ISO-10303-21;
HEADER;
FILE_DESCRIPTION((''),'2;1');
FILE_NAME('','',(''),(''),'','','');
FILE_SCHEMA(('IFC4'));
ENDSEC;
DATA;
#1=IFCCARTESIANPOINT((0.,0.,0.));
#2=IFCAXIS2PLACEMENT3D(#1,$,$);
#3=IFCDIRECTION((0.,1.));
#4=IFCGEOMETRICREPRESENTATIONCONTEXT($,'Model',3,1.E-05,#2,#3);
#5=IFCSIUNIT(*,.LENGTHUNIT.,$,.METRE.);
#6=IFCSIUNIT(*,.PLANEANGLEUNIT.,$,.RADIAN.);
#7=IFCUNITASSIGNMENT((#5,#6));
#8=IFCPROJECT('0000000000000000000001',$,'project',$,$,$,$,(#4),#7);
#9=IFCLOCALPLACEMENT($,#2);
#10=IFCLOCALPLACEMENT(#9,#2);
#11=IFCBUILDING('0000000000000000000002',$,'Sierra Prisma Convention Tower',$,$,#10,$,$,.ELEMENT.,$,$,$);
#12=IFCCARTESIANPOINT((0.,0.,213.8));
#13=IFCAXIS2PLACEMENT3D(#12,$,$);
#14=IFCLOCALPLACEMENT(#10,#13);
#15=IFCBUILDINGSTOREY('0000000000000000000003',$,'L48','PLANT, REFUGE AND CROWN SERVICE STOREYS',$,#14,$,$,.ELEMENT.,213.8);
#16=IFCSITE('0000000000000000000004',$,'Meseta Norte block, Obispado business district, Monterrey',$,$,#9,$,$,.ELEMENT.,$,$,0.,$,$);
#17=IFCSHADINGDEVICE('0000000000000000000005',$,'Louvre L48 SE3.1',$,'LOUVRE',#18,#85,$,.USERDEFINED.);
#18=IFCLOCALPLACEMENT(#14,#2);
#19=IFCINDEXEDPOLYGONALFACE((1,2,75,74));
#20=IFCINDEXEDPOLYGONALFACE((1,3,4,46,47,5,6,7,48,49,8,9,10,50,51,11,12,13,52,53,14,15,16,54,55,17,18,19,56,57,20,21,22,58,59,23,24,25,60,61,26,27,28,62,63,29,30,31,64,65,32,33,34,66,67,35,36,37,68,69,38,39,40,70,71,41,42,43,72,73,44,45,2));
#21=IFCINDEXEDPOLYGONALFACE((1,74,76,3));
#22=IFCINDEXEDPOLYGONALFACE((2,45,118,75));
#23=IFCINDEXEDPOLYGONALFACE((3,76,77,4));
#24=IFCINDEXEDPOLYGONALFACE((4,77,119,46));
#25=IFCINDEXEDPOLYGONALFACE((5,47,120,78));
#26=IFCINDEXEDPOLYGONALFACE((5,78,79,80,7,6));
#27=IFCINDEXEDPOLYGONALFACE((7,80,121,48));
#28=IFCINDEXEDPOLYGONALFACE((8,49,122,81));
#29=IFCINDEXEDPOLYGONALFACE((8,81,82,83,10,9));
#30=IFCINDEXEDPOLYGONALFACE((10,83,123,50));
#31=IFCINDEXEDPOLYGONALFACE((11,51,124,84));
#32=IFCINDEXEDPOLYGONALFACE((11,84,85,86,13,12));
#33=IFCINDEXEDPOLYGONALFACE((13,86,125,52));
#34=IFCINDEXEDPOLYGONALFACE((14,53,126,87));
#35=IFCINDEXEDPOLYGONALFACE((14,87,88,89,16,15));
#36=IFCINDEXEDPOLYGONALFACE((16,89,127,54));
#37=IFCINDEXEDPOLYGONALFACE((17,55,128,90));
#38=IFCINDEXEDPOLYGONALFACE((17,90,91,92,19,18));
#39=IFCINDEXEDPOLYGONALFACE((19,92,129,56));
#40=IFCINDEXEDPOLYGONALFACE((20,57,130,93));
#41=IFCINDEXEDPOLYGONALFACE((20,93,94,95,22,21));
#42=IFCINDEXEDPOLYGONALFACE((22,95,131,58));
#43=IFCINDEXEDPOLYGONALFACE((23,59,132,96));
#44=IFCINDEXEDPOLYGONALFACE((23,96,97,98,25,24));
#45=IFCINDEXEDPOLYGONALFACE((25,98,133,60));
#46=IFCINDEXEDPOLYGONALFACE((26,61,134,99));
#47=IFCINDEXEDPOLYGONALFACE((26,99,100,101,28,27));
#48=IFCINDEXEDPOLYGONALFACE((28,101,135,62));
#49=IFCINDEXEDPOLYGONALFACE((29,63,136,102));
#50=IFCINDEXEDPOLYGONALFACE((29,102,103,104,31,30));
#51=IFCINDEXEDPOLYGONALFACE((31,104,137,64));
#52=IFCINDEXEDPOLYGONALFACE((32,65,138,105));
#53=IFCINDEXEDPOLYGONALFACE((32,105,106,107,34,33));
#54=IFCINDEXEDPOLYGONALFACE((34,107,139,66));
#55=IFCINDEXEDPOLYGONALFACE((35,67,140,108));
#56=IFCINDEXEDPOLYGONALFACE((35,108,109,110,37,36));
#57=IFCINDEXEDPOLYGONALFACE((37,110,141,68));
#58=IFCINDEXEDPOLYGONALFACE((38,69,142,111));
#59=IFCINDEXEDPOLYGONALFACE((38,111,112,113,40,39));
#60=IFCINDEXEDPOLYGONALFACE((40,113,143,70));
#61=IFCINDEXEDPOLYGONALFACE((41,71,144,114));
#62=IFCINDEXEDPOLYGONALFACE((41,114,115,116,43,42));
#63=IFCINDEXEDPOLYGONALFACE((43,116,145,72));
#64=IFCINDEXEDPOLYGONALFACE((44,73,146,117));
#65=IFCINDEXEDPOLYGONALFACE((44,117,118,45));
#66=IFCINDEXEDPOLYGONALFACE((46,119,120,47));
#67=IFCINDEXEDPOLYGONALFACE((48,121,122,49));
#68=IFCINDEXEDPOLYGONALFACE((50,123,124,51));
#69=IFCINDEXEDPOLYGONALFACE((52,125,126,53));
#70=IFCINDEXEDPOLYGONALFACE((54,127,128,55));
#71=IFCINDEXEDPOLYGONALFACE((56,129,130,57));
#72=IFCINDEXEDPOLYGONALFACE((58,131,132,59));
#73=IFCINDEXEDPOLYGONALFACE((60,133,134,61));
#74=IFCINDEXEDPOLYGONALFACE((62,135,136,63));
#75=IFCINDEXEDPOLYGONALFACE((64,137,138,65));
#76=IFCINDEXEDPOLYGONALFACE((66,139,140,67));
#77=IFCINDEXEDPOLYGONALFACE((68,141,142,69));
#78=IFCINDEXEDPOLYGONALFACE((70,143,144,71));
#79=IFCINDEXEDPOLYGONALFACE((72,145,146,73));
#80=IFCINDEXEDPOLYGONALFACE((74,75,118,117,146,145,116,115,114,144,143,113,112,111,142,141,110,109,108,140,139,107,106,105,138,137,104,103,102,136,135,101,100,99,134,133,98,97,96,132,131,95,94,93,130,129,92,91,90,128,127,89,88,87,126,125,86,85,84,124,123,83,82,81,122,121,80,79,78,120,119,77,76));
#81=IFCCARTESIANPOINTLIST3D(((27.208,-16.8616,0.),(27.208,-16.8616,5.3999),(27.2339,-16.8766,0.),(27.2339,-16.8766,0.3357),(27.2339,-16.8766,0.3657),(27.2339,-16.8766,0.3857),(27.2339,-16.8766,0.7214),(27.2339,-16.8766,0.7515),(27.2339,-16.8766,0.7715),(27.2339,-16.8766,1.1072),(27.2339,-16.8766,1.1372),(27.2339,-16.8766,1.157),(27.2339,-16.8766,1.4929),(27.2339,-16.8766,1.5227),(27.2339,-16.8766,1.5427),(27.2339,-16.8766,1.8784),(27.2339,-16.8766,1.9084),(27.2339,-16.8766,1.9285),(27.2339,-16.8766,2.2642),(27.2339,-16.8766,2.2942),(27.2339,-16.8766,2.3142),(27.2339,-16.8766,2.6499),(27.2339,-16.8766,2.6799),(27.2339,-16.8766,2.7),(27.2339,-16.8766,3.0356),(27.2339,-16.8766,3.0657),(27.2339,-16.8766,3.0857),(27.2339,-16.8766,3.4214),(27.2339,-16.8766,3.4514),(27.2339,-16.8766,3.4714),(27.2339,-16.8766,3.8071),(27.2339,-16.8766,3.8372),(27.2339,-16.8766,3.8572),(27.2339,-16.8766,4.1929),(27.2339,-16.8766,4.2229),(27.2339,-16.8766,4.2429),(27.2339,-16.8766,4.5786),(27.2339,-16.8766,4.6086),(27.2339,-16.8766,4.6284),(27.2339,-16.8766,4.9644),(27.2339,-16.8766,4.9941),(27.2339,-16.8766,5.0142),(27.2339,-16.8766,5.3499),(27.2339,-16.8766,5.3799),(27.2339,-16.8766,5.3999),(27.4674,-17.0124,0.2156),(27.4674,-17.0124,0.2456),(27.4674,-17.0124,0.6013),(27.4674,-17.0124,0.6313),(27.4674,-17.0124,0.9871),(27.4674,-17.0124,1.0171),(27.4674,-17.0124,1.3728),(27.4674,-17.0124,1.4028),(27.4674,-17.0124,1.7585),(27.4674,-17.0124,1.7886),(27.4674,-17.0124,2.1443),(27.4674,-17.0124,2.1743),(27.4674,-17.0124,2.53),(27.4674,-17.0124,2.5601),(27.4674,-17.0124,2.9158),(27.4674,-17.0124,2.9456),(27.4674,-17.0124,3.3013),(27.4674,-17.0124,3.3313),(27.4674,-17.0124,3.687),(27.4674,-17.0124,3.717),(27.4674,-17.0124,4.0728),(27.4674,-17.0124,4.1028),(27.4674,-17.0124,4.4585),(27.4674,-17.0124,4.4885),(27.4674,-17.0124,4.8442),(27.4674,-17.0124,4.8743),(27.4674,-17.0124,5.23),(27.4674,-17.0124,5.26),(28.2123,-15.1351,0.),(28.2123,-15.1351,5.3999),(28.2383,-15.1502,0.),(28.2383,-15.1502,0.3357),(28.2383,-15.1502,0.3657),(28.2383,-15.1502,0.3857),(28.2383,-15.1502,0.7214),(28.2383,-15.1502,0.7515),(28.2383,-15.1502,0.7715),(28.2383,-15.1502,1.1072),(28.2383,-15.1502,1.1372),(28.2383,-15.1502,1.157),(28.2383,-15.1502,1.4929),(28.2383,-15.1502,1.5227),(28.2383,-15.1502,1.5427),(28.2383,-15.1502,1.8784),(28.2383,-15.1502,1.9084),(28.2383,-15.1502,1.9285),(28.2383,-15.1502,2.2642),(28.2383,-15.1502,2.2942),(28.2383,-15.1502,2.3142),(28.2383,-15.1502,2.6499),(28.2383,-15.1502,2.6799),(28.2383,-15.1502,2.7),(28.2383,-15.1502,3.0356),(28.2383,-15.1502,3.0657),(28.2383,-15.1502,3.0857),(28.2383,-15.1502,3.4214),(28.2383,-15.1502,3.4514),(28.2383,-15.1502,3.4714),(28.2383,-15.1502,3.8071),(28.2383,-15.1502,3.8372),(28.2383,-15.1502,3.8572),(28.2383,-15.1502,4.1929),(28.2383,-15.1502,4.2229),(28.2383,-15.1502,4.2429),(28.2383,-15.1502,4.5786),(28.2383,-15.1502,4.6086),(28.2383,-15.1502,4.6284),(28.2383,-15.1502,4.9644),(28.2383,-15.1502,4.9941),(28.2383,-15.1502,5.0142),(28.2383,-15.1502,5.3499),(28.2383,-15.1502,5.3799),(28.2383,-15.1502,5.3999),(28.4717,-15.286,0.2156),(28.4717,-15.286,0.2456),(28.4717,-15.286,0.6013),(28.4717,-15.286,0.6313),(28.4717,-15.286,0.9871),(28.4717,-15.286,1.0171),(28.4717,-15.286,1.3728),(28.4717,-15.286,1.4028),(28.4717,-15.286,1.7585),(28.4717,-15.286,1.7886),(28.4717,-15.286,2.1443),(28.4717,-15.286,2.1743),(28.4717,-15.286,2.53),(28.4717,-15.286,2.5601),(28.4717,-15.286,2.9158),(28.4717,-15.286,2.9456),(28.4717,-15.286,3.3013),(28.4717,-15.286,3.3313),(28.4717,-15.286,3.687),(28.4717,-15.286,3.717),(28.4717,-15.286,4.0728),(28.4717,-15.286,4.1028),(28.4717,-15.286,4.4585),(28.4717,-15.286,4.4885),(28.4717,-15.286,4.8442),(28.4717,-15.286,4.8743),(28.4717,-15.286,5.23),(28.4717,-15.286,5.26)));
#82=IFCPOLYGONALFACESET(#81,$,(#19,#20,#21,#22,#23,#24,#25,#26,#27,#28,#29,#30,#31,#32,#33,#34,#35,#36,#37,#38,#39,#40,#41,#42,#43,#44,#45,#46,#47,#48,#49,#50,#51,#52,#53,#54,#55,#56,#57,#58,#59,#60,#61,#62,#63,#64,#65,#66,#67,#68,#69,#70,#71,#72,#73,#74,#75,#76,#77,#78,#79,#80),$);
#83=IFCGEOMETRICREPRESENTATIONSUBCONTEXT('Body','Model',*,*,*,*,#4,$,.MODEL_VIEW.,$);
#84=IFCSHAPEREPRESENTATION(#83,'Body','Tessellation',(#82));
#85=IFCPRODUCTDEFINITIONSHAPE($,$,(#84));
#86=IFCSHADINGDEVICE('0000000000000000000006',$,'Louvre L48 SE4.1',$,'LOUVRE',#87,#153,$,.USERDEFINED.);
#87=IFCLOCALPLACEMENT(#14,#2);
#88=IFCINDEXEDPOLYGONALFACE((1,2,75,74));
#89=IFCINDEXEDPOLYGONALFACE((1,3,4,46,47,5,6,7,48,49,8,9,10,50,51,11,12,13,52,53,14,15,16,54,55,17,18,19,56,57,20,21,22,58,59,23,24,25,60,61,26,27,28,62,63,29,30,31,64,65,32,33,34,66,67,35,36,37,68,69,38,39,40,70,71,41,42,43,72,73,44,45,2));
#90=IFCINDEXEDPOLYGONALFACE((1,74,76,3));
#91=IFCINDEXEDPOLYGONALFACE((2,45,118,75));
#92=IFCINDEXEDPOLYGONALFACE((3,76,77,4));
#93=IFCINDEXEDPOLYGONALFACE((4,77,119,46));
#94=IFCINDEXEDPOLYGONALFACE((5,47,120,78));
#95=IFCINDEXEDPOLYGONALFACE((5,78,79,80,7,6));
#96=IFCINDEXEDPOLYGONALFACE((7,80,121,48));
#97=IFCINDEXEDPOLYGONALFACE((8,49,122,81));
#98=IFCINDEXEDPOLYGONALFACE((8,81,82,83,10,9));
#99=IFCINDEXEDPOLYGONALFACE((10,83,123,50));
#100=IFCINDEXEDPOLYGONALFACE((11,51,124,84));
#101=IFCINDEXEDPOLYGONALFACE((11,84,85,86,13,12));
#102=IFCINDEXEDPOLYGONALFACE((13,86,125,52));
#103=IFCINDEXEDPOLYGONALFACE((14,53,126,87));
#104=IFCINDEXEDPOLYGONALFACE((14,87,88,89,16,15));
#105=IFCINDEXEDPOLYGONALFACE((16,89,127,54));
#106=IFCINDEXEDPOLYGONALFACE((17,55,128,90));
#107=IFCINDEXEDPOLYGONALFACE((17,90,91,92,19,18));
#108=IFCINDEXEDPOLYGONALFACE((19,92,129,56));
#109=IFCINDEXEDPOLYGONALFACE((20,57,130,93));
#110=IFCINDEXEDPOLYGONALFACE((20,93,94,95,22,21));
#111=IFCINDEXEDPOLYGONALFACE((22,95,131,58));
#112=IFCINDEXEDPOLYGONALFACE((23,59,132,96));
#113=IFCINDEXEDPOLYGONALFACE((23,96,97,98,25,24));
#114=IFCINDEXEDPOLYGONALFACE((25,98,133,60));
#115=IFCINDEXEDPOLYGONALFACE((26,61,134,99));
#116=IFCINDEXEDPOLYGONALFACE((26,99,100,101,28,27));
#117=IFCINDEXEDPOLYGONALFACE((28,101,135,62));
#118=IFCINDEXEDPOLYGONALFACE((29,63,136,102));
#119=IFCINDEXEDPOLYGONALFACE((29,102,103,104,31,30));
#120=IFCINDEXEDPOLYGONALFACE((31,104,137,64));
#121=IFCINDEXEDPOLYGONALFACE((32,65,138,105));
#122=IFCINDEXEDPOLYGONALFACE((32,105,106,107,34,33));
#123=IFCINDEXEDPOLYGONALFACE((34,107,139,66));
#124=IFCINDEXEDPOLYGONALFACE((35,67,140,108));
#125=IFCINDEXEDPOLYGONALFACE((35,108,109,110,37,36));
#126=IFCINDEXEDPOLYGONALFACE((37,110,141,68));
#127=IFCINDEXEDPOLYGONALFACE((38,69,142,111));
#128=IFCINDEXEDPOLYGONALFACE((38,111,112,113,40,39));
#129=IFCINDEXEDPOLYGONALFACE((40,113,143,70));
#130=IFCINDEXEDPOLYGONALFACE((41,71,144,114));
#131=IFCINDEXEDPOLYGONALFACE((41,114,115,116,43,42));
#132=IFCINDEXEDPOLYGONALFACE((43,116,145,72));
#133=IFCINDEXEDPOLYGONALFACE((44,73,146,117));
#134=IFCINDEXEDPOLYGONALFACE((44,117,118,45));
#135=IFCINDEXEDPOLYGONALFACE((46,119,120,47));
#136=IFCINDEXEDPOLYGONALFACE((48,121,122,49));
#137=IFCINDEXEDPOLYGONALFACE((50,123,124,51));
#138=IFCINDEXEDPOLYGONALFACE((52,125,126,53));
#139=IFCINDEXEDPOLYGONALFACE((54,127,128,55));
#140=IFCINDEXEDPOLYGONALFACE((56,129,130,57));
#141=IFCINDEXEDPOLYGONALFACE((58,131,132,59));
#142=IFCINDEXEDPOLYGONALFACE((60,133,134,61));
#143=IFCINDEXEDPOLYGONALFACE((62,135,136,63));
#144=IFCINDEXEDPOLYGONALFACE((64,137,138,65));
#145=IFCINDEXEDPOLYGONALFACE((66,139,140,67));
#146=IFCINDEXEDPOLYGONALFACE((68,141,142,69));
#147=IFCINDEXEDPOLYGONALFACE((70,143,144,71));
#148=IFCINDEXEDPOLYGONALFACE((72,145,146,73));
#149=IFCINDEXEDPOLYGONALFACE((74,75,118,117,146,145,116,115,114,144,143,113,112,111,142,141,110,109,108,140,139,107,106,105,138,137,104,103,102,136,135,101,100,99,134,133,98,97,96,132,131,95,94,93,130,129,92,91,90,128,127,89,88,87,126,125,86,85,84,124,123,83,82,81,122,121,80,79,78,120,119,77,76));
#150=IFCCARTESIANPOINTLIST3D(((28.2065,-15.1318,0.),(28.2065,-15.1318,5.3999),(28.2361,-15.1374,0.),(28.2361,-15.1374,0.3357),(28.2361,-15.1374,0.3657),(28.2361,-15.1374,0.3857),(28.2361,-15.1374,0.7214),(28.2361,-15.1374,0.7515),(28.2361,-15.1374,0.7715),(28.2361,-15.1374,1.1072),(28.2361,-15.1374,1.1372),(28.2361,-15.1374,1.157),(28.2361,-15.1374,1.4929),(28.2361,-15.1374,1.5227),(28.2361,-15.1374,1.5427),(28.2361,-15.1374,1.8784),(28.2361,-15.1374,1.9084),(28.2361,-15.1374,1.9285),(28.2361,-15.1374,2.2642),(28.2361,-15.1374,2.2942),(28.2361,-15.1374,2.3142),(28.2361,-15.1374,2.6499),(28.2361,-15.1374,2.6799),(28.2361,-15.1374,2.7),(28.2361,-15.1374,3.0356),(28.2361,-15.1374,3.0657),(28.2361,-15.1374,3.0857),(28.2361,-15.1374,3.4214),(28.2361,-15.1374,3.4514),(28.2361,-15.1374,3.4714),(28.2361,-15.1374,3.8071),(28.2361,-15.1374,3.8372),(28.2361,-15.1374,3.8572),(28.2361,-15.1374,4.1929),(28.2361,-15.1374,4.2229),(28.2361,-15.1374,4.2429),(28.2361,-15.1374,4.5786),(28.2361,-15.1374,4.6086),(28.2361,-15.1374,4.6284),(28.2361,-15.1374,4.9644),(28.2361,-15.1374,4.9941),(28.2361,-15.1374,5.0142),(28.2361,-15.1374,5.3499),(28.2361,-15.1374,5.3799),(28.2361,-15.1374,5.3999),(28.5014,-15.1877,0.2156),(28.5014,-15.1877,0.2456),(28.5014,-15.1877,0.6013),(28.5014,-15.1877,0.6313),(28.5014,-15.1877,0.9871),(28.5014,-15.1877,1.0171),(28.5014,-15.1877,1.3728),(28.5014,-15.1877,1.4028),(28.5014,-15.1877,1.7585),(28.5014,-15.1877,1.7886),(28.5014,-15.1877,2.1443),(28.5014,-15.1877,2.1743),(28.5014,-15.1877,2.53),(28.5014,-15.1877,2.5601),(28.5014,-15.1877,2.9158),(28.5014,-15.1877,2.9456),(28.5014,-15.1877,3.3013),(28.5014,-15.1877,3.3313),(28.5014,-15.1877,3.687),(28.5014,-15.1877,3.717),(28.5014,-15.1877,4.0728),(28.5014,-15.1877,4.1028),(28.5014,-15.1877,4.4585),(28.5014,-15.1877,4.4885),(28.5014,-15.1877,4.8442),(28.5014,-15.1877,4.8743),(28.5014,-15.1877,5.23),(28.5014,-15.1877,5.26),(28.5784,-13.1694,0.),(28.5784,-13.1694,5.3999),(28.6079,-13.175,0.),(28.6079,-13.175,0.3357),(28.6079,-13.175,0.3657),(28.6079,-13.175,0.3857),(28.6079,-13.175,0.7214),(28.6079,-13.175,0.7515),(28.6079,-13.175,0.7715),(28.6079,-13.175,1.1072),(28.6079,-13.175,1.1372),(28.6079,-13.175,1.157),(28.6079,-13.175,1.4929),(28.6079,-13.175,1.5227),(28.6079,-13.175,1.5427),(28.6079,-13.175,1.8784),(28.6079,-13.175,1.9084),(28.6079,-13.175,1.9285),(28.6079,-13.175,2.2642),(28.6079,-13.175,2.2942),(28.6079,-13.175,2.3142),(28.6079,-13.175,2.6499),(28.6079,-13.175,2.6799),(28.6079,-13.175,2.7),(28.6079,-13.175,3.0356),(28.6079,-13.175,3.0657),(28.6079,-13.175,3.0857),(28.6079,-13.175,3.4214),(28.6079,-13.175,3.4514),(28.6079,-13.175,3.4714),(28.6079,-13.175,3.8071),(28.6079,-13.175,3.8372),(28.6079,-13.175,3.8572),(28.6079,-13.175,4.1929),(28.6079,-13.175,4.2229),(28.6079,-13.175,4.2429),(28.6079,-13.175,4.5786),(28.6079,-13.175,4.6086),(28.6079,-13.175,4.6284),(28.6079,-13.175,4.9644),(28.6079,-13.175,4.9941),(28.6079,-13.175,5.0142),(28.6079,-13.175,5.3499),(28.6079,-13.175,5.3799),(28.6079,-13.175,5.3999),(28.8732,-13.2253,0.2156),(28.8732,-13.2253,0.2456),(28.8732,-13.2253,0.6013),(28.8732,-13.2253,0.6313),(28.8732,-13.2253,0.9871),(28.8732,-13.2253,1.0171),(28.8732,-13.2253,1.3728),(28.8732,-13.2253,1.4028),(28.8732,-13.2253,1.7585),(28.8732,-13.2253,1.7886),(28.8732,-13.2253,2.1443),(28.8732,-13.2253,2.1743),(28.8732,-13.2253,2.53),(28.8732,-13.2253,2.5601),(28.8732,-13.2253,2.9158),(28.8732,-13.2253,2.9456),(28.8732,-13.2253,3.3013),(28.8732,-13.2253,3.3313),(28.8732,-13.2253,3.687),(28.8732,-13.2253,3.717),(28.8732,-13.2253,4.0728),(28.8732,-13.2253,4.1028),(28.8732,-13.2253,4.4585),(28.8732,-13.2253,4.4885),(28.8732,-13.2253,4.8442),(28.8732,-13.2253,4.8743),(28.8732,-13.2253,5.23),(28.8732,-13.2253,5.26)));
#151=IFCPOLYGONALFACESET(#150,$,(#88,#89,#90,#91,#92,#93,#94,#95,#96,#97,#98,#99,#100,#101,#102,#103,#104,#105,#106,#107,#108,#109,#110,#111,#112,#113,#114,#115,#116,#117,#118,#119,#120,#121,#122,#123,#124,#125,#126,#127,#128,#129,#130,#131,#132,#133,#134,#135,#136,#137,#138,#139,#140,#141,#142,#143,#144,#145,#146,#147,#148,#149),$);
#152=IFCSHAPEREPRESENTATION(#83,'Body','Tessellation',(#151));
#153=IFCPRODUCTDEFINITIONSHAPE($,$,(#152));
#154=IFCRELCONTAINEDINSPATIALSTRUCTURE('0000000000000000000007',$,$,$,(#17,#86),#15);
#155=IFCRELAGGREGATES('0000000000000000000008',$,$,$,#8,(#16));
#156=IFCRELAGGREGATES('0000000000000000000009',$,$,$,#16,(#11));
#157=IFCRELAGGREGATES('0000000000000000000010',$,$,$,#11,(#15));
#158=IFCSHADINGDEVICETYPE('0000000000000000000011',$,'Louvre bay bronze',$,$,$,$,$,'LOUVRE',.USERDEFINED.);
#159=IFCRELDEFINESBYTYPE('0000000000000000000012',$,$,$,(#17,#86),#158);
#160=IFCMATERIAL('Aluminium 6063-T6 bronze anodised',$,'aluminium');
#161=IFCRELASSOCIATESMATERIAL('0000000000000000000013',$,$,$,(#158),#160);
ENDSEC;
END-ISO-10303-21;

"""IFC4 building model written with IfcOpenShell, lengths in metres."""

from ifc_helpers import new_model, si_unit, direction, frame, origin, place, context, subcontext, project, spatial, polyline, outline, extrude, material, type_object, element, save


model = new_model("IFC4")

# Units and contexts
model_context = context("Model", 3, precision=1e-05, world=origin(), true_north=direction((0.0, 1.0)))
body_context = subcontext(model_context, "Body", "Model", "MODEL_VIEW")
ifc_project = project(units=[si_unit("LENGTHUNIT", "METRE"), si_unit("PLANEANGLEUNIT", "RADIAN")], contexts=[model_context])

# Site, building, storey
site_placement = place(None, origin())
site = spatial("IfcSite", under=ifc_project, at=site_placement, Name="Meseta Norte block, Obispado business district, Monterrey", CompositionType="ELEMENT", RefElevation=0.0)
building_placement = place(site_placement, origin())
building = spatial("IfcBuilding", under=site, at=building_placement, Name="Sierra Prisma Convention Tower", CompositionType="ELEMENT")
storey_placement = place(building_placement, frame((0.0, 0.0, 213.8)))
storey = spatial("IfcBuildingStorey", under=building, at=storey_placement, Name="L48", Description="PLANT, REFUGE AND CROWN SERVICE STOREYS", CompositionType="ELEMENT", Elevation=213.8)

# Shading devices
ifc_material_1 = material(Name="Aluminium 6063-T6 bronze anodised", Category="aluminium")
shading_device_type = type_object("IfcShadingDeviceType", Name="Louvre bay bronze", ElementType="LOUVRE", PredefinedType="USERDEFINED", material=ifc_material_1)
shading_device_1_placement = place(storey_placement, frame((27.208, -16.8616, 0.0), z_axis=(-0.502845, -0.864377, 0.0), x_axis=(0.0, 0.0, 1.0)))
element("IfcShadingDevice", 1, at=shading_device_1_placement, inside=storey, type_object=shading_device_type, Name="Louvre L48 SE3.1", ObjectType="LOUVRE", PredefinedType="USERDEFINED", context=body_context, shape_type="SweptSolid", body=[
    extrude(outline(polyline([(0.0, 0.0), (5.3999, 0.0), (5.3999, -0.03), (5.3799, -0.03), (5.26, -0.3), (5.23, -0.3), (5.3499, -0.03), (5.0142, -0.03), (4.9941, -0.03), (4.8743, -0.3), (4.8442, -0.3), (4.9644, -0.03), (4.6284, -0.03), (4.6086, -0.03), (4.4885, -0.3), (4.4585, -0.3), (4.5786, -0.03), (4.2429, -0.03), (4.2229, -0.03), (4.1028, -0.3), (4.0728, -0.3), (4.1929, -0.03), (3.8572, -0.03), (3.8372, -0.03), (3.717, -0.3), (3.687, -0.3), (3.8071, -0.03), (3.4714, -0.03), (3.4514, -0.03), (3.3313, -0.3), (3.3013, -0.3), (3.4214, -0.03), (3.0857, -0.03), (3.0657, -0.03), (2.9456, -0.3), (2.9158, -0.3), (3.0356, -0.03), (2.7, -0.03), (2.6799, -0.03), (2.5601, -0.3), (2.53, -0.3), (2.6499, -0.03), (2.3142, -0.03), (2.2942, -0.03), (2.1743, -0.3), (2.1443, -0.3), (2.2642, -0.03), (1.9285, -0.03), (1.9084, -0.03), (1.7886, -0.3), (1.7585, -0.3), (1.8784, -0.03), (1.5427, -0.03), (1.5227, -0.03), (1.4028, -0.3), (1.3728, -0.3), (1.4929, -0.03), (1.157, -0.03), (1.1372, -0.03), (1.0171, -0.3), (0.9871, -0.3), (1.1072, -0.03), (0.7715, -0.03), (0.7515, -0.03), (0.6313, -0.3), (0.6013, -0.3), (0.7214, -0.03), (0.3857, -0.03), (0.3657, -0.03), (0.2456, -0.3), (0.2156, -0.3), (0.3357, -0.03), (0.0, -0.03), (0.0, 0.0)])), origin(), (0.0, 0.0, -1.0), 1.9973),
])
shading_device_2_placement = place(storey_placement, frame((28.2065, -15.1318, 0.0), z_axis=(-0.186158, -0.98252, 0.0), x_axis=(0.0, 0.0, 1.0)))
element("IfcShadingDevice", 2, at=shading_device_2_placement, inside=storey, type_object=shading_device_type, Name="Louvre L48 SE4.1", ObjectType="LOUVRE", PredefinedType="USERDEFINED", context=body_context, shape_type="SweptSolid", body=[
    extrude(outline(polyline([(0.0, 0.0), (5.3999, 0.0), (5.3999, -0.0301), (5.3799, -0.0301), (5.26, -0.3001), (5.23, -0.3001), (5.3499, -0.0301), (5.0142, -0.0301), (4.9941, -0.0301), (4.8743, -0.3001), (4.8442, -0.3001), (4.9644, -0.0301), (4.6284, -0.0301), (4.6086, -0.0301), (4.4885, -0.3001), (4.4585, -0.3001), (4.5786, -0.0301), (4.2429, -0.0301), (4.2229, -0.0301), (4.1028, -0.3001), (4.0728, -0.3001), (4.1929, -0.0301), (3.8572, -0.0301), (3.8372, -0.0301), (3.717, -0.3001), (3.687, -0.3001), (3.8071, -0.0301), (3.4714, -0.0301), (3.4514, -0.0301), (3.3313, -0.3001), (3.3013, -0.3001), (3.4214, -0.0301), (3.0857, -0.0301), (3.0657, -0.0301), (2.9456, -0.3001), (2.9158, -0.3001), (3.0356, -0.0301), (2.7, -0.0301), (2.6799, -0.0301), (2.5601, -0.3001), (2.53, -0.3001), (2.6499, -0.0301), (2.3142, -0.0301), (2.2942, -0.0301), (2.1743, -0.3001), (2.1443, -0.3001), (2.2642, -0.0301), (1.9285, -0.0301), (1.9084, -0.0301), (1.7886, -0.3001), (1.7585, -0.3001), (1.8784, -0.0301), (1.5427, -0.0301), (1.5227, -0.0301), (1.4028, -0.3001), (1.3728, -0.3001), (1.4929, -0.0301), (1.157, -0.0301), (1.1372, -0.0301), (1.0171, -0.3001), (0.9871, -0.3001), (1.1072, -0.0301), (0.7715, -0.0301), (0.7515, -0.0301), (0.6313, -0.3001), (0.6013, -0.3001), (0.7214, -0.0301), (0.3857, -0.0301), (0.3657, -0.0301), (0.2456, -0.3001), (0.2156, -0.3001), (0.3357, -0.0301), (0.0, -0.0301), (0.0, 0.0)])), origin(), (0.0, 0.0, -1.0), 1.9973),
])

save(model, "model.ifc")
